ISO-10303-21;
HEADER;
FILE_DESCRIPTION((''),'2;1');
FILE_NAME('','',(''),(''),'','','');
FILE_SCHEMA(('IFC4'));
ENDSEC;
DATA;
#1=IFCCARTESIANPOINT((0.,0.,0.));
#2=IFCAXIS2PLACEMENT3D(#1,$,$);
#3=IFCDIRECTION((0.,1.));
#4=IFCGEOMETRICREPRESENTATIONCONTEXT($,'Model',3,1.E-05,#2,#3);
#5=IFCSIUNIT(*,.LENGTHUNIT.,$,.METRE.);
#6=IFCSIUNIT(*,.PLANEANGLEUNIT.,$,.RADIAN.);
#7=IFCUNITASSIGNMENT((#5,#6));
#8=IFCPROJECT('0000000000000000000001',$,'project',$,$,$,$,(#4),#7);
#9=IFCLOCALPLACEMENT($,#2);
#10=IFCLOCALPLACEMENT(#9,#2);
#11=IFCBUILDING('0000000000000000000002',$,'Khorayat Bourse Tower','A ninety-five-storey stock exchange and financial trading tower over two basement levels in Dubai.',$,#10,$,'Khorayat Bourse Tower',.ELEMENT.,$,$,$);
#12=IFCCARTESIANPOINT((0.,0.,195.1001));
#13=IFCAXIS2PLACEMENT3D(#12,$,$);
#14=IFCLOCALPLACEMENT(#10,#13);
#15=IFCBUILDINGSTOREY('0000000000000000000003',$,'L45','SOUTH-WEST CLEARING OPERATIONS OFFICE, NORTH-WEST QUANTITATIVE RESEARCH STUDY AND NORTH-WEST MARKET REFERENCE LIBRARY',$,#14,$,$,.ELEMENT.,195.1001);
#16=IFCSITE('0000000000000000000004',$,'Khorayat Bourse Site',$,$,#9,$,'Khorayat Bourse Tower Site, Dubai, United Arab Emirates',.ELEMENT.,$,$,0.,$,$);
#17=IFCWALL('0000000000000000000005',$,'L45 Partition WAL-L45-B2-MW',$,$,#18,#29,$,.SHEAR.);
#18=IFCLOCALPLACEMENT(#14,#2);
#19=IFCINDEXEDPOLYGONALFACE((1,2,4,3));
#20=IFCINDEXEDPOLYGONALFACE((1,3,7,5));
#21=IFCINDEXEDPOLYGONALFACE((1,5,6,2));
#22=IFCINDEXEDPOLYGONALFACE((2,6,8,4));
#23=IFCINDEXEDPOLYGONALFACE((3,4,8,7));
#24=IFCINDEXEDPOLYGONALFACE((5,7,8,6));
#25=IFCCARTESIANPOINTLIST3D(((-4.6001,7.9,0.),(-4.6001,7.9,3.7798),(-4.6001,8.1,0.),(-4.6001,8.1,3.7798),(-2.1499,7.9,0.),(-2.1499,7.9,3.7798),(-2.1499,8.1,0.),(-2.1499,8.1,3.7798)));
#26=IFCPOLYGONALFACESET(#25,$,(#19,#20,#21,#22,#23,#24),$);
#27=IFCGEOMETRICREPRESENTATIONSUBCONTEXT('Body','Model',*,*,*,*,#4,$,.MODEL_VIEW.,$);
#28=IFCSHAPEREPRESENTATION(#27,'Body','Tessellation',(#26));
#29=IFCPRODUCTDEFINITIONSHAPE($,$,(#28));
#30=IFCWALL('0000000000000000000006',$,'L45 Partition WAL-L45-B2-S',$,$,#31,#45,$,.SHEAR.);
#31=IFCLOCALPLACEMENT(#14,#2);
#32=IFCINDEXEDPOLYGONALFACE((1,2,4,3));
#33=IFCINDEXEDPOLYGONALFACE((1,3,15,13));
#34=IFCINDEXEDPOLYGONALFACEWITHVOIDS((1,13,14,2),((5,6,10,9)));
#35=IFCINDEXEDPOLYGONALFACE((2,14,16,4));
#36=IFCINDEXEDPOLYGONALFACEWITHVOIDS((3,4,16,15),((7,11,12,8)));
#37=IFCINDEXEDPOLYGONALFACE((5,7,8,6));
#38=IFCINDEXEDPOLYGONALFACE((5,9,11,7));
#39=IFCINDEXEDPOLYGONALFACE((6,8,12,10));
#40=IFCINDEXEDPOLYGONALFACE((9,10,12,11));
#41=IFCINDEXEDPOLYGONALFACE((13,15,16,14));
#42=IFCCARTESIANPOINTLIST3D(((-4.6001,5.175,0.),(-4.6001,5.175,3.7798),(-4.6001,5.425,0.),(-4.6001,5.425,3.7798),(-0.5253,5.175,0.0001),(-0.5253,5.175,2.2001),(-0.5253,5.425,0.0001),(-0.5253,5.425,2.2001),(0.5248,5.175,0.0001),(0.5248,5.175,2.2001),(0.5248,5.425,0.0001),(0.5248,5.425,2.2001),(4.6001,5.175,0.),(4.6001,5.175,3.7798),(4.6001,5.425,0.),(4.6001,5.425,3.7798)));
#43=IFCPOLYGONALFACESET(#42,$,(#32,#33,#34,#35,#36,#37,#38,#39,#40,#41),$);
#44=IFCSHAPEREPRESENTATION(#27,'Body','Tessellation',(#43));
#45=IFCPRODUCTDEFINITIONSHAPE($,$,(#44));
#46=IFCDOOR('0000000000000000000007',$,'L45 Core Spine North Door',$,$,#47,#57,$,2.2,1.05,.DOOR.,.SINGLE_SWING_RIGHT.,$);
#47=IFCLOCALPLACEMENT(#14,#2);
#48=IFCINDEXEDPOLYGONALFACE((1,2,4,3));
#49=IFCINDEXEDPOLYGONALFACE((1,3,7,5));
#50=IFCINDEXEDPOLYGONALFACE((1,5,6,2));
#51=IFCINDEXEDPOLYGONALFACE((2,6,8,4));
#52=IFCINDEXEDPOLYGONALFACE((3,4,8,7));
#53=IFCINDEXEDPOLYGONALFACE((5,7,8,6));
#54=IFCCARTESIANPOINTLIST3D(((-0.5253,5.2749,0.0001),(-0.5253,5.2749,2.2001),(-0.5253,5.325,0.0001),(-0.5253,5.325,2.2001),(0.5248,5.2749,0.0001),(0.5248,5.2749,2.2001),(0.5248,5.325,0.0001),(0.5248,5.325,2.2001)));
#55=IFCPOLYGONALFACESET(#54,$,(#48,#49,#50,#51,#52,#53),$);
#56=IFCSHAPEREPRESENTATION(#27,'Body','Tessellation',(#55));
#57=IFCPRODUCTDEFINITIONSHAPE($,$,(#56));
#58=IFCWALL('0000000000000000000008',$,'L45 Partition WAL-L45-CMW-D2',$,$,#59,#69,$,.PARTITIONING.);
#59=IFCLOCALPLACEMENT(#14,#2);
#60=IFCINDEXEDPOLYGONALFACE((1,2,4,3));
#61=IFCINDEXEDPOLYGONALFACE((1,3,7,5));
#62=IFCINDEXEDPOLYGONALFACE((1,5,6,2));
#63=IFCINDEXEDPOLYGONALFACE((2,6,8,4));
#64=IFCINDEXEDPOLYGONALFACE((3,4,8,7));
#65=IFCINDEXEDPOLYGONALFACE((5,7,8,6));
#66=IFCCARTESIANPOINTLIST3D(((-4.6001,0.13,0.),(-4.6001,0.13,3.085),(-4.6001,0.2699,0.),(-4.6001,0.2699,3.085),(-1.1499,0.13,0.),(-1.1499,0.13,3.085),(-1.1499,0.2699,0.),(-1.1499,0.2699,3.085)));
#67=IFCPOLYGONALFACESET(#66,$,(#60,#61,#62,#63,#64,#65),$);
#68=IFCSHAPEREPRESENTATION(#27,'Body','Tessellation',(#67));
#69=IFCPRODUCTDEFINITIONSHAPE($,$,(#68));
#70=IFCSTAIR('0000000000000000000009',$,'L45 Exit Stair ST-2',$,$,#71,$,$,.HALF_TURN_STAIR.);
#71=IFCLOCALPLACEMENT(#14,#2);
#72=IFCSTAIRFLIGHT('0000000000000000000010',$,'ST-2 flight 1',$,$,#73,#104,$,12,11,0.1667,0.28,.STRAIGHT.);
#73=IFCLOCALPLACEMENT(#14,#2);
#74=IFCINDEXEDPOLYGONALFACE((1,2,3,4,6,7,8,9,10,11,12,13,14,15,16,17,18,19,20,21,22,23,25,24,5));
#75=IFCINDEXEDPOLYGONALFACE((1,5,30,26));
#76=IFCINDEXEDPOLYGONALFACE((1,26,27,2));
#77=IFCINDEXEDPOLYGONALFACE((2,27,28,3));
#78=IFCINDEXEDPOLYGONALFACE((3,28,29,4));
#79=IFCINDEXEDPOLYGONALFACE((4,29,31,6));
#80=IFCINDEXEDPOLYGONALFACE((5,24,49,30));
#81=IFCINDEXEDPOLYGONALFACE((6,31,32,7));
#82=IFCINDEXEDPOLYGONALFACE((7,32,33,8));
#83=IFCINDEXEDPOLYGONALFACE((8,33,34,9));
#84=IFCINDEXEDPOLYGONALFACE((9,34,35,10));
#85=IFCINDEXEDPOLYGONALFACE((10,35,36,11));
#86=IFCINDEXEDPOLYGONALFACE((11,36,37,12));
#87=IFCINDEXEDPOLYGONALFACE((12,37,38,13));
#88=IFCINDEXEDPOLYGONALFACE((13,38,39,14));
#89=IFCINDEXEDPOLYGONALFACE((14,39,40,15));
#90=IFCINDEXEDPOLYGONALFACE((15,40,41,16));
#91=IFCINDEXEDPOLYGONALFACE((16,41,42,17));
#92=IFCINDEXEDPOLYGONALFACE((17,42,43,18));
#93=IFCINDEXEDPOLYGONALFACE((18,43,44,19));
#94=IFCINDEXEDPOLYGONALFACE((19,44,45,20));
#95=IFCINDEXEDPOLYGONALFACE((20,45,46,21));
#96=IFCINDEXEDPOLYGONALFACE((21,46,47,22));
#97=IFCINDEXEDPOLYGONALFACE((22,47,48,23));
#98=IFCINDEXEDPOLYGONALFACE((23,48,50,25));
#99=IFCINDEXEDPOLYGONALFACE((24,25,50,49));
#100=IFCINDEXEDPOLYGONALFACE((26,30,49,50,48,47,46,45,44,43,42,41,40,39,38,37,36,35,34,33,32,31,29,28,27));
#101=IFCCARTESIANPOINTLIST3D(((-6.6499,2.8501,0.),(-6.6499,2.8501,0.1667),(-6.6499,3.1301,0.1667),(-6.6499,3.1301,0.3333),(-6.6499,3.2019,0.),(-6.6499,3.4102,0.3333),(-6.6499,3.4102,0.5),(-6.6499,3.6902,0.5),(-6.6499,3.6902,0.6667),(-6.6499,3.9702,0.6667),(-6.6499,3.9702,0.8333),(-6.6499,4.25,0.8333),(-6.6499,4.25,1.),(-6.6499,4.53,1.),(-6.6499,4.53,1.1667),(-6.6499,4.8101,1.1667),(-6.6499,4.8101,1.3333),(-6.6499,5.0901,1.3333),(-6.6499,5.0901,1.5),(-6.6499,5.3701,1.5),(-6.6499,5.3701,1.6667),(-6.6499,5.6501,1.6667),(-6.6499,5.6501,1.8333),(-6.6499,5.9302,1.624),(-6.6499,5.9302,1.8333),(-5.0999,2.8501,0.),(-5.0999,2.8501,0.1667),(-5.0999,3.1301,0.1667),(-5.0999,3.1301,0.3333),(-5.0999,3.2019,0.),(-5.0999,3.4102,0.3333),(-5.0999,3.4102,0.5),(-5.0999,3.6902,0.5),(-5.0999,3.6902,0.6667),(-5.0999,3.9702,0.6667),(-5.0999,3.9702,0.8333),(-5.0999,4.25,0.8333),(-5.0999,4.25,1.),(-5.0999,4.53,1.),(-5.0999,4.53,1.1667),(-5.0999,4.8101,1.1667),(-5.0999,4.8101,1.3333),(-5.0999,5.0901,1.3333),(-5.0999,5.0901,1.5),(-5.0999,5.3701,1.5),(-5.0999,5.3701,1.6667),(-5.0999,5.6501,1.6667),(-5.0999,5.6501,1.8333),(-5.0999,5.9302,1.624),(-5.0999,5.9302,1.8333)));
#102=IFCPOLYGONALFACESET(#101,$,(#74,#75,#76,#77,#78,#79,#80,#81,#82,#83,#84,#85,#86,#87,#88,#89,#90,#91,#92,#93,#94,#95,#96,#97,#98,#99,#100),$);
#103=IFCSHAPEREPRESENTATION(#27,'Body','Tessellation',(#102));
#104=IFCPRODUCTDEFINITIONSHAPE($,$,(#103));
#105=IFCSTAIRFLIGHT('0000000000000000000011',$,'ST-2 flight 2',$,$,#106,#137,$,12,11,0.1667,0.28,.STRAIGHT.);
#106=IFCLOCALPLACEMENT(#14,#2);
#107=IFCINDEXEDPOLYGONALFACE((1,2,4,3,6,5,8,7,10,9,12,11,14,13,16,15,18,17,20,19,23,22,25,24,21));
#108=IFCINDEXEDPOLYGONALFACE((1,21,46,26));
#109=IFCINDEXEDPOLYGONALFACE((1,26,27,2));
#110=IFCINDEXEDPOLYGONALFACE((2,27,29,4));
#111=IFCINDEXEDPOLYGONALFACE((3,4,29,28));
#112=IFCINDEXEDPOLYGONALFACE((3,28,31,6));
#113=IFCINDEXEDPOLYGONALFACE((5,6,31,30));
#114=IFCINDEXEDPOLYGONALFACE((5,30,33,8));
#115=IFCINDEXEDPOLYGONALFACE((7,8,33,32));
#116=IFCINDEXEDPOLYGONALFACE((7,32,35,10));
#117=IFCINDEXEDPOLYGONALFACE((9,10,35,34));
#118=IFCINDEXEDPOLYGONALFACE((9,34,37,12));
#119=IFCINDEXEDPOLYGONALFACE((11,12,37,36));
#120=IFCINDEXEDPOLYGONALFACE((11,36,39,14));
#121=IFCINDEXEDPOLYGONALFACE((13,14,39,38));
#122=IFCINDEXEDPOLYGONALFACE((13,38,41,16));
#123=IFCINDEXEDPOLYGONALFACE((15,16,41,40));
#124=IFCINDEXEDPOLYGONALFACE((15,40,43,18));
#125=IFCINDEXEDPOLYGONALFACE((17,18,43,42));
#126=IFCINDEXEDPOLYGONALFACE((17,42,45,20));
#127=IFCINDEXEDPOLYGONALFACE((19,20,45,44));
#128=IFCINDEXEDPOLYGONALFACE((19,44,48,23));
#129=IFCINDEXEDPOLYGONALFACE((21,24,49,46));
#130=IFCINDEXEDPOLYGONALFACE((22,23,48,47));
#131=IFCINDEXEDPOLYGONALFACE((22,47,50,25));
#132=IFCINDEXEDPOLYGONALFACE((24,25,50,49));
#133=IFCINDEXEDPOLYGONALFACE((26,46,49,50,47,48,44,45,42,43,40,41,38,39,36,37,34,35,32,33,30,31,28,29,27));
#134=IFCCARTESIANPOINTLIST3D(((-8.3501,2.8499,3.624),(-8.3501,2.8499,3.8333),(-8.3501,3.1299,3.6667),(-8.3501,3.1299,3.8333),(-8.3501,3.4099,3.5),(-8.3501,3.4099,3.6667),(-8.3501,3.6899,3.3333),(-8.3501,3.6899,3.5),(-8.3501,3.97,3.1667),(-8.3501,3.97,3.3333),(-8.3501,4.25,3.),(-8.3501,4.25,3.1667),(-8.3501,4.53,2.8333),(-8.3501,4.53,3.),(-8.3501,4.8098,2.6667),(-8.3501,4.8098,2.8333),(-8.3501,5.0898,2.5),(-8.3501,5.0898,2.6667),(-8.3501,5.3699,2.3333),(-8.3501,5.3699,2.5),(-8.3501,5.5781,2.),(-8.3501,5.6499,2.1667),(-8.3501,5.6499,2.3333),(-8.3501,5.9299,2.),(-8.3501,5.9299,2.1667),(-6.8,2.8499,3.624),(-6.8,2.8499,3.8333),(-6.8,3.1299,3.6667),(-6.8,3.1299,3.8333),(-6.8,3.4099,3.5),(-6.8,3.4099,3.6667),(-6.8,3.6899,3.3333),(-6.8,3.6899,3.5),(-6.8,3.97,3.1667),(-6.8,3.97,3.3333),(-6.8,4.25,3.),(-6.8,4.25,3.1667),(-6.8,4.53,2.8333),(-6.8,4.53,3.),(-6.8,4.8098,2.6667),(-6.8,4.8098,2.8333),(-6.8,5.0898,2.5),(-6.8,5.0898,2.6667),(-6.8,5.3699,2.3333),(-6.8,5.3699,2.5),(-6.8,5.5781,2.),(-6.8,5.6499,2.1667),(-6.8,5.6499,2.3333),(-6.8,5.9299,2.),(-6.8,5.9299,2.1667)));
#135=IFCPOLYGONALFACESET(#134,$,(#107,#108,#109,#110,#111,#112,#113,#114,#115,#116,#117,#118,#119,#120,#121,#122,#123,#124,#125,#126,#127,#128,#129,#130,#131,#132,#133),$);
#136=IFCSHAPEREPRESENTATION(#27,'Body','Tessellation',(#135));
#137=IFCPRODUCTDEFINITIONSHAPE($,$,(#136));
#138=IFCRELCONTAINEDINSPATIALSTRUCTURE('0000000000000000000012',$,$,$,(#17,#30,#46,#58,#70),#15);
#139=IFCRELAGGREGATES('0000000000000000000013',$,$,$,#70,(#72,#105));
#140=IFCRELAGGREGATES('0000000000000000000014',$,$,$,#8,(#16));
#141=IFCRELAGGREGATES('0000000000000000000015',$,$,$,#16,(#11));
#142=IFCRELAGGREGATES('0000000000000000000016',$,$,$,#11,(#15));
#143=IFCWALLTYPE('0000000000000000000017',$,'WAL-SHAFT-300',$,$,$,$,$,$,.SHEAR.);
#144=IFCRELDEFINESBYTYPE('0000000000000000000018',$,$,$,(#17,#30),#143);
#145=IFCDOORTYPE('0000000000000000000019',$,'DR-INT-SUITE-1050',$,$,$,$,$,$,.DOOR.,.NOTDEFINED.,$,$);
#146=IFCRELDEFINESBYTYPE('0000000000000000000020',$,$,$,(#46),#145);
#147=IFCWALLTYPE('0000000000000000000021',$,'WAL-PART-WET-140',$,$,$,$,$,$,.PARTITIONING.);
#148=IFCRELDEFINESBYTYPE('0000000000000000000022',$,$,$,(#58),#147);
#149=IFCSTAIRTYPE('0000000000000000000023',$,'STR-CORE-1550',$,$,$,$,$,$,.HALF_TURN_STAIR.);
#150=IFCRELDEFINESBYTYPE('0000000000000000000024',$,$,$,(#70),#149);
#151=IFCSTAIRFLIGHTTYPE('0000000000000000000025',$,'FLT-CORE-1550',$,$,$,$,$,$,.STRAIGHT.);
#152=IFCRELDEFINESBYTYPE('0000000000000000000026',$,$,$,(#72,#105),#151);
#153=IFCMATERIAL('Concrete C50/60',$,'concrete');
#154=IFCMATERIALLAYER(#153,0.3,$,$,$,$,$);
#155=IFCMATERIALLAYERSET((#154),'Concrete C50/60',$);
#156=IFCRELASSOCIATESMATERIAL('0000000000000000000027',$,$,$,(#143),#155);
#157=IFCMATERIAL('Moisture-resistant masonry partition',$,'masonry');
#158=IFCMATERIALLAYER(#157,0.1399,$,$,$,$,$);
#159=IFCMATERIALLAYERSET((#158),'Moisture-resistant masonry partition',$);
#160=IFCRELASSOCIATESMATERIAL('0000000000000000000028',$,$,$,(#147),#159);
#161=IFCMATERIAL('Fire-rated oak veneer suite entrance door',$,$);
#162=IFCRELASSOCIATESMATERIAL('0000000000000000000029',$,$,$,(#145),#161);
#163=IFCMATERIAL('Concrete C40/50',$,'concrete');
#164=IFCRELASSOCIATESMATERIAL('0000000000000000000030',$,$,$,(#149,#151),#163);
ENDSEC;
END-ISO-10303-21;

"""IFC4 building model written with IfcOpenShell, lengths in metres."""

from ifc_helpers import new_model, si_unit, direction, frame, frame_2d, origin, place, context, subcontext, project, spatial, polyline, rectangle, outline, extrude, source, transform, mapped, material, layer, layer_set, type_object, element, fill, aggregate, save


model = new_model("IFC4")

# Units and contexts
model_context = context("Model", 3, precision=1e-05, world=origin(), true_north=direction((0.0, 1.0)))
body_context = subcontext(model_context, "Body", "Model", "MODEL_VIEW")
ifc_project = project(units=[si_unit("LENGTHUNIT", "METRE"), si_unit("PLANEANGLEUNIT", "RADIAN")], contexts=[model_context])

# Site, building, storey
site_placement = place(None, origin())
site = spatial("IfcSite", under=ifc_project, at=site_placement, Name="Khorayat Bourse Site", LongName="Khorayat Bourse Tower Site, Dubai, United Arab Emirates", CompositionType="ELEMENT", RefElevation=0.0)
building_placement = place(site_placement, origin())
building = spatial("IfcBuilding", under=site, at=building_placement, Name="Khorayat Bourse Tower", Description="A ninety-five-storey stock exchange and financial trading tower over two basement levels in Dubai.", LongName="Khorayat Bourse Tower", CompositionType="ELEMENT")
storey_placement = place(building_placement, frame((0.0, 0.0, 195.1001)))
storey = spatial("IfcBuildingStorey", under=building, at=storey_placement, Name="L45", Description="SOUTH-WEST CLEARING OPERATIONS OFFICE, NORTH-WEST QUANTITATIVE RESEARCH STUDY AND NORTH-WEST MARKET REFERENCE LIBRARY", CompositionType="ELEMENT", Elevation=195.1001)

# Shared definitions
ifc_material_1 = material(Name="Concrete C50/60", Category="concrete")
ifc_layer_1 = layer(ifc_material_1, 0.3)
ifc_layer_set_1 = layer_set([ifc_layer_1], Name="Concrete C50/60")
wall_type_1 = type_object("IfcWallType", Name="WAL-SHAFT-300", PredefinedType="SHEAR", material=ifc_layer_set_1)
ifc_material_2 = material(Name="Moisture-resistant masonry partition", Category="masonry")
ifc_layer_2 = layer(ifc_material_2, 0.1399)
ifc_layer_set_2 = layer_set([ifc_layer_2], Name="Moisture-resistant masonry partition")
wall_type_2 = type_object("IfcWallType", Name="WAL-PART-WET-140", PredefinedType="PARTITIONING", material=ifc_layer_set_2)

# Wall
shared_shape_1 = source(origin(), body_context, "Body", "SweptSolid", [
    extrude(rectangle(XDim=2.4502, YDim=0.2, at=frame_2d((1.2251, 0.0))), origin(), (0.0, 0.0, 1.0), 3.7798),
])
wall_1_placement = place(storey_placement, frame((-4.6001, 8.0, 0.0), z_axis=(0.0, 0.0, 1.0), x_axis=(1.0, 0.0, 0.0)))
element("IfcWall", 1, at=wall_1_placement, inside=storey, type_object=wall_type_1, Name="L45 Partition WAL-L45-B2-MW", PredefinedType="SHEAR", context=body_context, shape_type="MappedRepresentation", body=[
    mapped(shared_shape_1, transform((0.0, 0.0, 0.0), scale=1.0)),
])

# Wall, opening, door
shared_shape_2 = source(origin(), body_context, "Body", "SweptSolid", [
    extrude(rectangle(XDim=9.2002, YDim=0.25, at=frame_2d((4.6001, 0.0))), origin(), (0.0, 0.0, 1.0), 3.7798),
])
wall_2_placement = place(storey_placement, frame((-4.6001, 5.3, 0.0), z_axis=(0.0, 0.0, 1.0), x_axis=(1.0, 0.0, 0.0)))
wall_2 = element("IfcWall", 2, at=wall_2_placement, inside=storey, type_object=wall_type_1, Name="L45 Partition WAL-L45-B2-S", PredefinedType="SHEAR", context=body_context, shape_type="MappedRepresentation", body=[
    mapped(shared_shape_2, transform((0.0, 0.0, 0.0), scale=1.0)),
])
shared_shape_3 = source(origin(), body_context, "Body", "SweptSolid", [
    extrude(rectangle(XDim=1.05, YDim=2.2, at=frame_2d((0.5249, 1.1001))), frame((0.0, 0.135, 0.0), z_axis=(0.0, -1.0, 0.0), x_axis=(1.0, 0.0, 0.0)), (0.0, 0.0, 1.0), 0.27),
])
opening_1_placement = place(wall_2_placement, frame((4.075, 0.0, 0.0)))
opening_1 = element("IfcOpeningElement", 3, at=opening_1_placement, cuts=wall_2, PredefinedType="OPENING", context=body_context, shape_type="MappedRepresentation", body=[
    mapped(shared_shape_3, transform((0.0, 0.0, 0.0), scale=1.0)),
])
ifc_material_3 = material(Name="Fire-rated oak veneer suite entrance door")
door_type_1 = type_object("IfcDoorType", Name="DR-INT-SUITE-1050", OperationType="NOTDEFINED", PredefinedType="DOOR", material=ifc_material_3)
shared_shape_4 = source(origin(), body_context, "Body", "SweptSolid", [
    extrude(rectangle(XDim=1.05, YDim=2.2, at=frame_2d((0.5249, 1.1001))), frame((0.0, 0.0249, 0.0), z_axis=(0.0, -1.0, 0.0), x_axis=(1.0, 0.0, 0.0)), (0.0, 0.0, 1.0), 0.05),
])
door_1_placement = place(opening_1_placement, origin())
door_1 = element("IfcDoor", 4, at=door_1_placement, inside=storey, type_object=door_type_1, Name="L45 Core Spine North Door", OperationType="SINGLE_SWING_RIGHT", OverallHeight=2.2, OverallWidth=1.05, PredefinedType="DOOR", context=body_context, shape_type="MappedRepresentation", body=[
    mapped(shared_shape_4, transform((0.0, 0.0, 0.0), scale=1.0)),
])
fill(opening_1, door_1)

# Wall
shared_shape_5 = source(origin(), body_context, "Body", "SweptSolid", [
    extrude(rectangle(XDim=3.4502, YDim=0.1399, at=frame_2d((1.7251, 0.0))), origin(), (0.0, 0.0, 1.0), 3.085),
])
wall_3_placement = place(storey_placement, frame((-4.6001, 0.2, 0.0), z_axis=(0.0, 0.0, 1.0), x_axis=(1.0, 0.0, 0.0)))
element("IfcWall", 5, at=wall_3_placement, inside=storey, type_object=wall_type_2, Name="L45 Partition WAL-L45-CMW-D2", PredefinedType="PARTITIONING", context=body_context, shape_type="MappedRepresentation", body=[
    mapped(shared_shape_5, transform((0.0, 0.0, 0.0), scale=1.0)),
])

# Stair, stair flights
ifc_material_4 = material(Name="Concrete C40/50", Category="concrete")
stair_type = type_object("IfcStairType", Name="STR-CORE-1550", PredefinedType="HALF_TURN_STAIR", material=ifc_material_4)
stair_placement = place(storey_placement, origin())
stair = element("IfcStair", 6, at=stair_placement, inside=storey, type_object=stair_type, Name="L45 Exit Stair ST-2", PredefinedType="HALF_TURN_STAIR")
stair_flight_type = type_object("IfcStairFlightType", Name="FLT-CORE-1550", PredefinedType="STRAIGHT", material=ifc_material_4)
shared_shape_6 = source(origin(), body_context, "Body", "SweptSolid", [
    extrude(outline(polyline([(0.0, 0.0), (0.0, 0.1667), (0.28, 0.1667), (0.28, 0.3333), (0.5601, 0.3333), (0.5601, 0.5), (0.8401, 0.5), (0.8401, 0.6667), (1.1201, 0.6667), (1.1201, 0.8333), (1.3999, 0.8333), (1.3999, 1.0), (1.6799, 1.0), (1.6799, 1.1667), (1.96, 1.1667), (1.96, 1.3333), (2.24, 1.3333), (2.24, 1.5), (2.52, 1.5), (2.52, 1.6667), (2.8, 1.6667), (2.8, 1.8333), (3.0801, 1.8333), (3.0801, 2.0), (3.0801, 1.624), (0.3518, 0.0), (0.0, 0.0)])), frame((0.0, 0.7749, 0.0), z_axis=(0.0, -1.0, 0.0), x_axis=(1.0, 0.0, 0.0)), (0.0, 0.0, 1.0), 1.55),
])
stair_flight_1_placement = place(storey_placement, frame((-5.875, 2.8501, 0.0), z_axis=(0.0, 0.0, 1.0), x_axis=(0.0, 1.0, 0.0)))
stair_flight_1 = element("IfcStairFlight", 7, at=stair_flight_1_placement, type_object=stair_flight_type, Name="ST-2 flight 1", NumberOfRisers=12, NumberOfTreads=11, PredefinedType="STRAIGHT", RiserHeight=0.1667, TreadLength=0.28, context=body_context, shape_type="MappedRepresentation", body=[
    mapped(shared_shape_6, transform((0.0, 0.0, 0.0), scale=1.0)),
])
stair_flight_2_placement = place(storey_placement, frame((-7.575, 5.9299, 2.0), z_axis=(0.0, 0.0, 1.0), x_axis=(0.0, -1.0, 0.0)))
stair_flight_2 = element("IfcStairFlight", 8, at=stair_flight_2_placement, type_object=stair_flight_type, Name="ST-2 flight 2", NumberOfRisers=12, NumberOfTreads=11, PredefinedType="STRAIGHT", RiserHeight=0.1667, TreadLength=0.28, context=body_context, shape_type="MappedRepresentation", body=[
    mapped(shared_shape_6, transform((0.0, 0.0, 0.0), scale=1.0)),
])
aggregate(stair, [stair_flight_1, stair_flight_2])

save(model, "model.ifc")
